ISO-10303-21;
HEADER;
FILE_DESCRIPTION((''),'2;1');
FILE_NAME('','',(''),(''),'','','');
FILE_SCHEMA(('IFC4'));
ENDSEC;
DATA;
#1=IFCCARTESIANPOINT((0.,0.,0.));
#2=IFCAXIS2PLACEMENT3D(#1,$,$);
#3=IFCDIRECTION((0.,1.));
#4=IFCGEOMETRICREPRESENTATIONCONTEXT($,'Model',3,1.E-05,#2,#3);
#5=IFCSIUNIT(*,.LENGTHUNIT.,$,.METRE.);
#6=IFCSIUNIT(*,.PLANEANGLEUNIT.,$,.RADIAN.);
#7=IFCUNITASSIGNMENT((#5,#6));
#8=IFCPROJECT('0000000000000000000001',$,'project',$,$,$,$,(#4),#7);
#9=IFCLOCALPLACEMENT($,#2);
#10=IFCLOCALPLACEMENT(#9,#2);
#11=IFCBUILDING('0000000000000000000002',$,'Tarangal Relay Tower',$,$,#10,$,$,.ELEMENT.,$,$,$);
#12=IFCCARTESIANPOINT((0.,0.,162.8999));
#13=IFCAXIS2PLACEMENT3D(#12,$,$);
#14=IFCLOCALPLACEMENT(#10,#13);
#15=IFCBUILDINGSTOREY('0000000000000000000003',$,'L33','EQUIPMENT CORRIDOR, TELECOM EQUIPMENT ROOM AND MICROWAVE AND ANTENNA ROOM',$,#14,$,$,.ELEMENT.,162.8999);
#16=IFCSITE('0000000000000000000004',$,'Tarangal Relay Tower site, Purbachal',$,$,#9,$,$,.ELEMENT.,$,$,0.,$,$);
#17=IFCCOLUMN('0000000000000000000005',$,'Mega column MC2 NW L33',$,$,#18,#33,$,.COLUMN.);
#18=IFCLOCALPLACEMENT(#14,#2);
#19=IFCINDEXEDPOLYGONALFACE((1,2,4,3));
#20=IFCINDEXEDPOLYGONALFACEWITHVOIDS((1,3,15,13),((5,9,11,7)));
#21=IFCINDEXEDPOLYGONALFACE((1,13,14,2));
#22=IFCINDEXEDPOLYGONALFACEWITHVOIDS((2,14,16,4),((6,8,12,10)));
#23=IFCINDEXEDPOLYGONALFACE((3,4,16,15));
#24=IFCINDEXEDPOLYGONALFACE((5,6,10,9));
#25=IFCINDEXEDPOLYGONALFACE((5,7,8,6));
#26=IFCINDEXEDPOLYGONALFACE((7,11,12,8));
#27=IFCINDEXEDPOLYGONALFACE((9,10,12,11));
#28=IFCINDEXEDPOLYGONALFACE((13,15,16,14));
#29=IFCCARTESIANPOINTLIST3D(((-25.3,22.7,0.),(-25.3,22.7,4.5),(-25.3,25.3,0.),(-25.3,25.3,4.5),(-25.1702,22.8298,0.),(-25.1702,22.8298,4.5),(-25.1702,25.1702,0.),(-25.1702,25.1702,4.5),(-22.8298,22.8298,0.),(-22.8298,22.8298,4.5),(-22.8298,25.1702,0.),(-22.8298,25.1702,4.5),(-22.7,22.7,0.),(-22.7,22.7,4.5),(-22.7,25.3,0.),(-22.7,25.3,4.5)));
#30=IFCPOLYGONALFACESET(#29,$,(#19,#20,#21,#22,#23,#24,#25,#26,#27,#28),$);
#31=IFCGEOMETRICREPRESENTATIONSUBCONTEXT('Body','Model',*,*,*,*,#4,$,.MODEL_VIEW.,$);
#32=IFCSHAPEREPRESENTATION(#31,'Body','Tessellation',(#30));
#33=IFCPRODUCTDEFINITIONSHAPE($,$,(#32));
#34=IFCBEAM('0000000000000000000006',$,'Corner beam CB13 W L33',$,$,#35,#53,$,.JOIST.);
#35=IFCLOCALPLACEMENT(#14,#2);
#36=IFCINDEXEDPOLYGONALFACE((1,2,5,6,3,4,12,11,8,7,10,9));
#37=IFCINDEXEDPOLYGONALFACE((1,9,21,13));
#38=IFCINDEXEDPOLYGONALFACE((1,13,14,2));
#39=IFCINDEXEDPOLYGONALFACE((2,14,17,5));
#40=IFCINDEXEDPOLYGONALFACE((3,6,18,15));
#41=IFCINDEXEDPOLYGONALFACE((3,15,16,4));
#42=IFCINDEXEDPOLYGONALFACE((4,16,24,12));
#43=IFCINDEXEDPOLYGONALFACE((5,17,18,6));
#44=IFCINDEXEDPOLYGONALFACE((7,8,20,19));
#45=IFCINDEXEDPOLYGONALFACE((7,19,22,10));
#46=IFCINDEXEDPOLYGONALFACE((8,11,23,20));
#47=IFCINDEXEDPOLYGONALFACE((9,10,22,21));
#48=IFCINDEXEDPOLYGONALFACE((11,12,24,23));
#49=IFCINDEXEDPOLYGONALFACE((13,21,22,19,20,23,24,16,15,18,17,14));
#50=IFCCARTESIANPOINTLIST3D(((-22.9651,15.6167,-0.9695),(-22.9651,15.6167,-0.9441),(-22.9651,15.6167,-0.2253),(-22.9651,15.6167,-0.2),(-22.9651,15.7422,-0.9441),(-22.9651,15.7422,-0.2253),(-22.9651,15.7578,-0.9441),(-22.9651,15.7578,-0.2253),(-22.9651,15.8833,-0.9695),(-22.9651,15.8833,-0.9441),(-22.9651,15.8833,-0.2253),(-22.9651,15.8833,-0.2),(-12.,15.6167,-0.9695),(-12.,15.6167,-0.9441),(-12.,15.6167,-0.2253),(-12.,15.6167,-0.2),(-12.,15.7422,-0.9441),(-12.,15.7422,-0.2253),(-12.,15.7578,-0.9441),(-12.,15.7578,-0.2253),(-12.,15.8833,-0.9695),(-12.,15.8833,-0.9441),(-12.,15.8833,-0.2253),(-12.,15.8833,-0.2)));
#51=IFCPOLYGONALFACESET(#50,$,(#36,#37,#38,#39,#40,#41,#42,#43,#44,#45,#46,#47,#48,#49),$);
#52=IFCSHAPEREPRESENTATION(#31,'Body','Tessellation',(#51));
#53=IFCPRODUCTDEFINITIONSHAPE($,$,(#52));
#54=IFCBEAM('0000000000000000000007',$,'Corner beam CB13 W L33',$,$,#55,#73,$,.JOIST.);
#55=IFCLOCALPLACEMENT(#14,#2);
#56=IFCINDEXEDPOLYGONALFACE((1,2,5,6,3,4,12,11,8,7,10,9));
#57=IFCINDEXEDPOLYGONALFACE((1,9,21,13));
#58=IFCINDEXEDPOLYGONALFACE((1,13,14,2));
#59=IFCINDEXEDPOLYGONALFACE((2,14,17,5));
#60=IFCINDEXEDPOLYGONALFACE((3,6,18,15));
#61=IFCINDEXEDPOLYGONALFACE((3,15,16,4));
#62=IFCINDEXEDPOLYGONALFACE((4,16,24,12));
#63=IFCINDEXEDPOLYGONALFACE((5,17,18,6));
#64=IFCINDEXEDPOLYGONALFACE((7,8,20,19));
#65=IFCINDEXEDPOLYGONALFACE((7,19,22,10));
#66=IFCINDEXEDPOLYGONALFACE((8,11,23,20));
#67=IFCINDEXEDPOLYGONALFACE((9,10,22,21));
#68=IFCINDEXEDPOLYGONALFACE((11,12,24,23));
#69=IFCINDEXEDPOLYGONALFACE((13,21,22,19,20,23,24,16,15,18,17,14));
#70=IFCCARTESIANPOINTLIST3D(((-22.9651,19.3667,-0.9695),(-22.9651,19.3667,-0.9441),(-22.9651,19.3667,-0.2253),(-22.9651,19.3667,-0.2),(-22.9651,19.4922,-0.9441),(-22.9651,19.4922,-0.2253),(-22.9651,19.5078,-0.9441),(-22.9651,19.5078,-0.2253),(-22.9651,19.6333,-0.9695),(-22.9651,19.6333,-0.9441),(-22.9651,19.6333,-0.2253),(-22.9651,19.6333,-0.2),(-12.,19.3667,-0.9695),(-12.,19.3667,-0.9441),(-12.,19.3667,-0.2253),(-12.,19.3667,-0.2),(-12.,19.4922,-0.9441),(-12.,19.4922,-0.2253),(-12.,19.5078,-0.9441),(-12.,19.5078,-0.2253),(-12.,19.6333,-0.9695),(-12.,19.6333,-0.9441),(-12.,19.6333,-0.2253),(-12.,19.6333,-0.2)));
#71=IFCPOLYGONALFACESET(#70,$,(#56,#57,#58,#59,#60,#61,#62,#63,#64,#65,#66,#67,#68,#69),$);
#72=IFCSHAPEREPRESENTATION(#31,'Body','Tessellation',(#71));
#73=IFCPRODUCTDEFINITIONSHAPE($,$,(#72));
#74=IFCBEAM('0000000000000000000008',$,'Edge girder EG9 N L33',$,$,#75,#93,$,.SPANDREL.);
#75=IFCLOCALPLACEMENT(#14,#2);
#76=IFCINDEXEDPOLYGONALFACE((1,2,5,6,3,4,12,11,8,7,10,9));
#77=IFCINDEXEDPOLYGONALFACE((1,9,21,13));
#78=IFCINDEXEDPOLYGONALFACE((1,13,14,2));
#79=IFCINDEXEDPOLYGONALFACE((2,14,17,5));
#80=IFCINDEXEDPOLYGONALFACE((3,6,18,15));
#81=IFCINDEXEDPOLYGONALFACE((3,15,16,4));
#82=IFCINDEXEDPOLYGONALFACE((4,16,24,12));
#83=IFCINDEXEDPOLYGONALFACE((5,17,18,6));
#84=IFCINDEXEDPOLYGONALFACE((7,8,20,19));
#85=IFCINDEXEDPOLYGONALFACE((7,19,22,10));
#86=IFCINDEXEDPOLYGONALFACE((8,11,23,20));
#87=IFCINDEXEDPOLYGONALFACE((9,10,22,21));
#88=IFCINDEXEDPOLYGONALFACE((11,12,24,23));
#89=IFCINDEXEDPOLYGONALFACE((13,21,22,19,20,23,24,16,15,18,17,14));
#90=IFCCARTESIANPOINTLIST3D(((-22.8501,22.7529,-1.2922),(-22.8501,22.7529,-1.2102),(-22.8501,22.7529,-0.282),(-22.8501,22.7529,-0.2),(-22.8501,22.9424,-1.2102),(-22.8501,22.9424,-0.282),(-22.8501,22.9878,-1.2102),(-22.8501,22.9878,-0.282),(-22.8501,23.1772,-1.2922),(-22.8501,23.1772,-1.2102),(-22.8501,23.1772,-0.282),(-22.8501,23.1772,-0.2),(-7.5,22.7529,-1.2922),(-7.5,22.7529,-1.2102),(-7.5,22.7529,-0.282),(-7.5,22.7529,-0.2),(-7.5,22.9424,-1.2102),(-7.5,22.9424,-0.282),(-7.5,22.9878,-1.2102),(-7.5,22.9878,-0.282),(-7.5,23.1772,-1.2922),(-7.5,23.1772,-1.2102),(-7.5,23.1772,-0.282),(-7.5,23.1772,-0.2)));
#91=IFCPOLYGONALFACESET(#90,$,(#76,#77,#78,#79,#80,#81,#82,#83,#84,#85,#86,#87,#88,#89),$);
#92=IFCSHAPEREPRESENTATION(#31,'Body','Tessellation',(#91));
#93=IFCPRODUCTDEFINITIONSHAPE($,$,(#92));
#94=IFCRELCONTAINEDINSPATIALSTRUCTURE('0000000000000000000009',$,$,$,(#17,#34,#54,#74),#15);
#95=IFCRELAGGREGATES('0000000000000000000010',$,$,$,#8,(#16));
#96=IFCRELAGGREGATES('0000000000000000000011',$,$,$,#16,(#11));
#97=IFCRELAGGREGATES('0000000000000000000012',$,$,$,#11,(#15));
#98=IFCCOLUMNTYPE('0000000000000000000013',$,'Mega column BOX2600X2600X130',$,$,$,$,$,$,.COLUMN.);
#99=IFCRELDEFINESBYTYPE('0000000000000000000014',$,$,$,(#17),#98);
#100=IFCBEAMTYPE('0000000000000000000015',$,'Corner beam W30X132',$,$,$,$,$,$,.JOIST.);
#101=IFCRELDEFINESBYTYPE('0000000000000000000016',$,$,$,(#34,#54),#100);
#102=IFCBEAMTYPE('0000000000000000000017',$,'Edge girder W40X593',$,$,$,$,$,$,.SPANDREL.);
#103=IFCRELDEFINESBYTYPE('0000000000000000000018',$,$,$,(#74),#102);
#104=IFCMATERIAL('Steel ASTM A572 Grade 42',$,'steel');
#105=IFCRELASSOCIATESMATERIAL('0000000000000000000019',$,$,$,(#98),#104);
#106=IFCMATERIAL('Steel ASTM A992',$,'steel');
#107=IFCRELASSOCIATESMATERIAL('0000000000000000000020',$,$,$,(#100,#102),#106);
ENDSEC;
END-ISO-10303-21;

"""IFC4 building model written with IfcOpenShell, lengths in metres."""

from ifc_helpers import new_model, si_unit, direction, frame, origin, origin_2d, place, context, subcontext, project, spatial, hollow_rectangle, i_section, extrude, material, material_profile, profile_set, type_object, element, save


model = new_model("IFC4")

# Units and contexts
model_context = context("Model", 3, precision=1e-05, world=origin(), true_north=direction((0.0, 1.0)))
body_context = subcontext(model_context, "Body", "Model", "MODEL_VIEW")
ifc_project = project(units=[si_unit("LENGTHUNIT", "METRE"), si_unit("PLANEANGLEUNIT", "RADIAN")], contexts=[model_context])

# Site, building, storey
site_placement = place(None, origin())
site = spatial("IfcSite", under=ifc_project, at=site_placement, Name="Tarangal Relay Tower site, Purbachal", CompositionType="ELEMENT", RefElevation=0.0)
building_placement = place(site_placement, origin())
building = spatial("IfcBuilding", under=site, at=building_placement, Name="Tarangal Relay Tower", CompositionType="ELEMENT")
storey_placement = place(building_placement, frame((0.0, 0.0, 162.8999)))
storey = spatial("IfcBuildingStorey", under=building, at=storey_placement, Name="L33", Description="EQUIPMENT CORRIDOR, TELECOM EQUIPMENT ROOM AND MICROWAVE AND ANTENNA ROOM", CompositionType="ELEMENT", Elevation=162.8999)

# Column
ifc_material_1 = material(Name="Steel ASTM A572 Grade 42", Category="steel")
ifc_material_profile_1 = material_profile(ifc_material_1, hollow_rectangle(XDim=2.6001, YDim=2.6001, WallThickness=0.1299, at=origin_2d()), Name="BOX2600X2600X130")
ifc_profile_set_1 = profile_set([ifc_material_profile_1], Name="Steel ASTM A572 Grade 42")
column_type = type_object("IfcColumnType", Name="Mega column BOX2600X2600X130", PredefinedType="COLUMN", material=ifc_profile_set_1)
column_placement = place(storey_placement, frame((-24.0, 24.0, 0.0), z_axis=(0.0, 0.0, 1.0), x_axis=(1.0, 0.0, 0.0)))
element("IfcColumn", 1, at=column_placement, inside=storey, type_object=column_type, Name="Mega column MC2 NW L33", PredefinedType="COLUMN", context=body_context, shape_type="SweptSolid", body=[
    extrude(hollow_rectangle(XDim=2.6001, YDim=2.6001, WallThickness=0.1299, at=origin_2d()), origin(), (0.0, 0.0, 1.0), 4.5),
])

# Beams
ifc_material_2 = material(Name="Steel ASTM A992", Category="steel")
ifc_material_profile_2 = material_profile(ifc_material_2, i_section(OverallWidth=0.2666, OverallDepth=0.7695, WebThickness=0.0156, FlangeThickness=0.0254, at=origin_2d()), Name="W30X132")
ifc_profile_set_2 = profile_set([ifc_material_profile_2], Name="Steel ASTM A992")
beam_type_1 = type_object("IfcBeamType", Name="Corner beam W30X132", PredefinedType="JOIST", material=ifc_profile_set_2)
for number, where, z_axis, x_axis, name in (
    (2, (-12.0, 15.75, -0.5847), (-1.0, 0.0, 0.0), (0.0, -1.0, 0.0), "Corner beam CB13 W L33"),
    (3, (-12.0, 19.5, -0.5847), (-1.0, 0.0, 0.0), (0.0, -1.0, 0.0), "Corner beam CB13 W L33"),
):
    element("IfcBeam", number, at=place(storey_placement, frame(where, z_axis=z_axis, x_axis=x_axis)), inside=storey, type_object=beam_type_1, Name=name, PredefinedType="JOIST", context=body_context, shape_type="SweptSolid", body=[
        extrude(i_section(OverallWidth=0.2666, OverallDepth=0.7695, WebThickness=0.0156, FlangeThickness=0.0254, at=origin_2d()), origin(), (0.0, 0.0, 1.0), 10.9651),
    ])
ifc_material_profile_3 = material_profile(ifc_material_2, i_section(OverallWidth=0.4243, OverallDepth=1.0923, WebThickness=0.0454, FlangeThickness=0.082, at=origin_2d()), Name="W40X593")
ifc_profile_set_3 = profile_set([ifc_material_profile_3], Name="Steel ASTM A992")
beam_type_2 = type_object("IfcBeamType", Name="Edge girder W40X593", PredefinedType="SPANDREL", material=ifc_profile_set_3)
beam_placement = place(storey_placement, frame((-22.8501, 22.9651, -0.7461), z_axis=(1.0, 0.0, 0.0), x_axis=(0.0, 1.0, 0.0)))
element("IfcBeam", 4, at=beam_placement, inside=storey, type_object=beam_type_2, Name="Edge girder EG9 N L33", PredefinedType="SPANDREL", context=body_context, shape_type="SweptSolid", body=[
    extrude(i_section(OverallWidth=0.4243, OverallDepth=1.0923, WebThickness=0.0454, FlangeThickness=0.082, at=origin_2d()), origin(), (0.0, 0.0, 1.0), 15.3501),
])

save(model, "model.ifc")
